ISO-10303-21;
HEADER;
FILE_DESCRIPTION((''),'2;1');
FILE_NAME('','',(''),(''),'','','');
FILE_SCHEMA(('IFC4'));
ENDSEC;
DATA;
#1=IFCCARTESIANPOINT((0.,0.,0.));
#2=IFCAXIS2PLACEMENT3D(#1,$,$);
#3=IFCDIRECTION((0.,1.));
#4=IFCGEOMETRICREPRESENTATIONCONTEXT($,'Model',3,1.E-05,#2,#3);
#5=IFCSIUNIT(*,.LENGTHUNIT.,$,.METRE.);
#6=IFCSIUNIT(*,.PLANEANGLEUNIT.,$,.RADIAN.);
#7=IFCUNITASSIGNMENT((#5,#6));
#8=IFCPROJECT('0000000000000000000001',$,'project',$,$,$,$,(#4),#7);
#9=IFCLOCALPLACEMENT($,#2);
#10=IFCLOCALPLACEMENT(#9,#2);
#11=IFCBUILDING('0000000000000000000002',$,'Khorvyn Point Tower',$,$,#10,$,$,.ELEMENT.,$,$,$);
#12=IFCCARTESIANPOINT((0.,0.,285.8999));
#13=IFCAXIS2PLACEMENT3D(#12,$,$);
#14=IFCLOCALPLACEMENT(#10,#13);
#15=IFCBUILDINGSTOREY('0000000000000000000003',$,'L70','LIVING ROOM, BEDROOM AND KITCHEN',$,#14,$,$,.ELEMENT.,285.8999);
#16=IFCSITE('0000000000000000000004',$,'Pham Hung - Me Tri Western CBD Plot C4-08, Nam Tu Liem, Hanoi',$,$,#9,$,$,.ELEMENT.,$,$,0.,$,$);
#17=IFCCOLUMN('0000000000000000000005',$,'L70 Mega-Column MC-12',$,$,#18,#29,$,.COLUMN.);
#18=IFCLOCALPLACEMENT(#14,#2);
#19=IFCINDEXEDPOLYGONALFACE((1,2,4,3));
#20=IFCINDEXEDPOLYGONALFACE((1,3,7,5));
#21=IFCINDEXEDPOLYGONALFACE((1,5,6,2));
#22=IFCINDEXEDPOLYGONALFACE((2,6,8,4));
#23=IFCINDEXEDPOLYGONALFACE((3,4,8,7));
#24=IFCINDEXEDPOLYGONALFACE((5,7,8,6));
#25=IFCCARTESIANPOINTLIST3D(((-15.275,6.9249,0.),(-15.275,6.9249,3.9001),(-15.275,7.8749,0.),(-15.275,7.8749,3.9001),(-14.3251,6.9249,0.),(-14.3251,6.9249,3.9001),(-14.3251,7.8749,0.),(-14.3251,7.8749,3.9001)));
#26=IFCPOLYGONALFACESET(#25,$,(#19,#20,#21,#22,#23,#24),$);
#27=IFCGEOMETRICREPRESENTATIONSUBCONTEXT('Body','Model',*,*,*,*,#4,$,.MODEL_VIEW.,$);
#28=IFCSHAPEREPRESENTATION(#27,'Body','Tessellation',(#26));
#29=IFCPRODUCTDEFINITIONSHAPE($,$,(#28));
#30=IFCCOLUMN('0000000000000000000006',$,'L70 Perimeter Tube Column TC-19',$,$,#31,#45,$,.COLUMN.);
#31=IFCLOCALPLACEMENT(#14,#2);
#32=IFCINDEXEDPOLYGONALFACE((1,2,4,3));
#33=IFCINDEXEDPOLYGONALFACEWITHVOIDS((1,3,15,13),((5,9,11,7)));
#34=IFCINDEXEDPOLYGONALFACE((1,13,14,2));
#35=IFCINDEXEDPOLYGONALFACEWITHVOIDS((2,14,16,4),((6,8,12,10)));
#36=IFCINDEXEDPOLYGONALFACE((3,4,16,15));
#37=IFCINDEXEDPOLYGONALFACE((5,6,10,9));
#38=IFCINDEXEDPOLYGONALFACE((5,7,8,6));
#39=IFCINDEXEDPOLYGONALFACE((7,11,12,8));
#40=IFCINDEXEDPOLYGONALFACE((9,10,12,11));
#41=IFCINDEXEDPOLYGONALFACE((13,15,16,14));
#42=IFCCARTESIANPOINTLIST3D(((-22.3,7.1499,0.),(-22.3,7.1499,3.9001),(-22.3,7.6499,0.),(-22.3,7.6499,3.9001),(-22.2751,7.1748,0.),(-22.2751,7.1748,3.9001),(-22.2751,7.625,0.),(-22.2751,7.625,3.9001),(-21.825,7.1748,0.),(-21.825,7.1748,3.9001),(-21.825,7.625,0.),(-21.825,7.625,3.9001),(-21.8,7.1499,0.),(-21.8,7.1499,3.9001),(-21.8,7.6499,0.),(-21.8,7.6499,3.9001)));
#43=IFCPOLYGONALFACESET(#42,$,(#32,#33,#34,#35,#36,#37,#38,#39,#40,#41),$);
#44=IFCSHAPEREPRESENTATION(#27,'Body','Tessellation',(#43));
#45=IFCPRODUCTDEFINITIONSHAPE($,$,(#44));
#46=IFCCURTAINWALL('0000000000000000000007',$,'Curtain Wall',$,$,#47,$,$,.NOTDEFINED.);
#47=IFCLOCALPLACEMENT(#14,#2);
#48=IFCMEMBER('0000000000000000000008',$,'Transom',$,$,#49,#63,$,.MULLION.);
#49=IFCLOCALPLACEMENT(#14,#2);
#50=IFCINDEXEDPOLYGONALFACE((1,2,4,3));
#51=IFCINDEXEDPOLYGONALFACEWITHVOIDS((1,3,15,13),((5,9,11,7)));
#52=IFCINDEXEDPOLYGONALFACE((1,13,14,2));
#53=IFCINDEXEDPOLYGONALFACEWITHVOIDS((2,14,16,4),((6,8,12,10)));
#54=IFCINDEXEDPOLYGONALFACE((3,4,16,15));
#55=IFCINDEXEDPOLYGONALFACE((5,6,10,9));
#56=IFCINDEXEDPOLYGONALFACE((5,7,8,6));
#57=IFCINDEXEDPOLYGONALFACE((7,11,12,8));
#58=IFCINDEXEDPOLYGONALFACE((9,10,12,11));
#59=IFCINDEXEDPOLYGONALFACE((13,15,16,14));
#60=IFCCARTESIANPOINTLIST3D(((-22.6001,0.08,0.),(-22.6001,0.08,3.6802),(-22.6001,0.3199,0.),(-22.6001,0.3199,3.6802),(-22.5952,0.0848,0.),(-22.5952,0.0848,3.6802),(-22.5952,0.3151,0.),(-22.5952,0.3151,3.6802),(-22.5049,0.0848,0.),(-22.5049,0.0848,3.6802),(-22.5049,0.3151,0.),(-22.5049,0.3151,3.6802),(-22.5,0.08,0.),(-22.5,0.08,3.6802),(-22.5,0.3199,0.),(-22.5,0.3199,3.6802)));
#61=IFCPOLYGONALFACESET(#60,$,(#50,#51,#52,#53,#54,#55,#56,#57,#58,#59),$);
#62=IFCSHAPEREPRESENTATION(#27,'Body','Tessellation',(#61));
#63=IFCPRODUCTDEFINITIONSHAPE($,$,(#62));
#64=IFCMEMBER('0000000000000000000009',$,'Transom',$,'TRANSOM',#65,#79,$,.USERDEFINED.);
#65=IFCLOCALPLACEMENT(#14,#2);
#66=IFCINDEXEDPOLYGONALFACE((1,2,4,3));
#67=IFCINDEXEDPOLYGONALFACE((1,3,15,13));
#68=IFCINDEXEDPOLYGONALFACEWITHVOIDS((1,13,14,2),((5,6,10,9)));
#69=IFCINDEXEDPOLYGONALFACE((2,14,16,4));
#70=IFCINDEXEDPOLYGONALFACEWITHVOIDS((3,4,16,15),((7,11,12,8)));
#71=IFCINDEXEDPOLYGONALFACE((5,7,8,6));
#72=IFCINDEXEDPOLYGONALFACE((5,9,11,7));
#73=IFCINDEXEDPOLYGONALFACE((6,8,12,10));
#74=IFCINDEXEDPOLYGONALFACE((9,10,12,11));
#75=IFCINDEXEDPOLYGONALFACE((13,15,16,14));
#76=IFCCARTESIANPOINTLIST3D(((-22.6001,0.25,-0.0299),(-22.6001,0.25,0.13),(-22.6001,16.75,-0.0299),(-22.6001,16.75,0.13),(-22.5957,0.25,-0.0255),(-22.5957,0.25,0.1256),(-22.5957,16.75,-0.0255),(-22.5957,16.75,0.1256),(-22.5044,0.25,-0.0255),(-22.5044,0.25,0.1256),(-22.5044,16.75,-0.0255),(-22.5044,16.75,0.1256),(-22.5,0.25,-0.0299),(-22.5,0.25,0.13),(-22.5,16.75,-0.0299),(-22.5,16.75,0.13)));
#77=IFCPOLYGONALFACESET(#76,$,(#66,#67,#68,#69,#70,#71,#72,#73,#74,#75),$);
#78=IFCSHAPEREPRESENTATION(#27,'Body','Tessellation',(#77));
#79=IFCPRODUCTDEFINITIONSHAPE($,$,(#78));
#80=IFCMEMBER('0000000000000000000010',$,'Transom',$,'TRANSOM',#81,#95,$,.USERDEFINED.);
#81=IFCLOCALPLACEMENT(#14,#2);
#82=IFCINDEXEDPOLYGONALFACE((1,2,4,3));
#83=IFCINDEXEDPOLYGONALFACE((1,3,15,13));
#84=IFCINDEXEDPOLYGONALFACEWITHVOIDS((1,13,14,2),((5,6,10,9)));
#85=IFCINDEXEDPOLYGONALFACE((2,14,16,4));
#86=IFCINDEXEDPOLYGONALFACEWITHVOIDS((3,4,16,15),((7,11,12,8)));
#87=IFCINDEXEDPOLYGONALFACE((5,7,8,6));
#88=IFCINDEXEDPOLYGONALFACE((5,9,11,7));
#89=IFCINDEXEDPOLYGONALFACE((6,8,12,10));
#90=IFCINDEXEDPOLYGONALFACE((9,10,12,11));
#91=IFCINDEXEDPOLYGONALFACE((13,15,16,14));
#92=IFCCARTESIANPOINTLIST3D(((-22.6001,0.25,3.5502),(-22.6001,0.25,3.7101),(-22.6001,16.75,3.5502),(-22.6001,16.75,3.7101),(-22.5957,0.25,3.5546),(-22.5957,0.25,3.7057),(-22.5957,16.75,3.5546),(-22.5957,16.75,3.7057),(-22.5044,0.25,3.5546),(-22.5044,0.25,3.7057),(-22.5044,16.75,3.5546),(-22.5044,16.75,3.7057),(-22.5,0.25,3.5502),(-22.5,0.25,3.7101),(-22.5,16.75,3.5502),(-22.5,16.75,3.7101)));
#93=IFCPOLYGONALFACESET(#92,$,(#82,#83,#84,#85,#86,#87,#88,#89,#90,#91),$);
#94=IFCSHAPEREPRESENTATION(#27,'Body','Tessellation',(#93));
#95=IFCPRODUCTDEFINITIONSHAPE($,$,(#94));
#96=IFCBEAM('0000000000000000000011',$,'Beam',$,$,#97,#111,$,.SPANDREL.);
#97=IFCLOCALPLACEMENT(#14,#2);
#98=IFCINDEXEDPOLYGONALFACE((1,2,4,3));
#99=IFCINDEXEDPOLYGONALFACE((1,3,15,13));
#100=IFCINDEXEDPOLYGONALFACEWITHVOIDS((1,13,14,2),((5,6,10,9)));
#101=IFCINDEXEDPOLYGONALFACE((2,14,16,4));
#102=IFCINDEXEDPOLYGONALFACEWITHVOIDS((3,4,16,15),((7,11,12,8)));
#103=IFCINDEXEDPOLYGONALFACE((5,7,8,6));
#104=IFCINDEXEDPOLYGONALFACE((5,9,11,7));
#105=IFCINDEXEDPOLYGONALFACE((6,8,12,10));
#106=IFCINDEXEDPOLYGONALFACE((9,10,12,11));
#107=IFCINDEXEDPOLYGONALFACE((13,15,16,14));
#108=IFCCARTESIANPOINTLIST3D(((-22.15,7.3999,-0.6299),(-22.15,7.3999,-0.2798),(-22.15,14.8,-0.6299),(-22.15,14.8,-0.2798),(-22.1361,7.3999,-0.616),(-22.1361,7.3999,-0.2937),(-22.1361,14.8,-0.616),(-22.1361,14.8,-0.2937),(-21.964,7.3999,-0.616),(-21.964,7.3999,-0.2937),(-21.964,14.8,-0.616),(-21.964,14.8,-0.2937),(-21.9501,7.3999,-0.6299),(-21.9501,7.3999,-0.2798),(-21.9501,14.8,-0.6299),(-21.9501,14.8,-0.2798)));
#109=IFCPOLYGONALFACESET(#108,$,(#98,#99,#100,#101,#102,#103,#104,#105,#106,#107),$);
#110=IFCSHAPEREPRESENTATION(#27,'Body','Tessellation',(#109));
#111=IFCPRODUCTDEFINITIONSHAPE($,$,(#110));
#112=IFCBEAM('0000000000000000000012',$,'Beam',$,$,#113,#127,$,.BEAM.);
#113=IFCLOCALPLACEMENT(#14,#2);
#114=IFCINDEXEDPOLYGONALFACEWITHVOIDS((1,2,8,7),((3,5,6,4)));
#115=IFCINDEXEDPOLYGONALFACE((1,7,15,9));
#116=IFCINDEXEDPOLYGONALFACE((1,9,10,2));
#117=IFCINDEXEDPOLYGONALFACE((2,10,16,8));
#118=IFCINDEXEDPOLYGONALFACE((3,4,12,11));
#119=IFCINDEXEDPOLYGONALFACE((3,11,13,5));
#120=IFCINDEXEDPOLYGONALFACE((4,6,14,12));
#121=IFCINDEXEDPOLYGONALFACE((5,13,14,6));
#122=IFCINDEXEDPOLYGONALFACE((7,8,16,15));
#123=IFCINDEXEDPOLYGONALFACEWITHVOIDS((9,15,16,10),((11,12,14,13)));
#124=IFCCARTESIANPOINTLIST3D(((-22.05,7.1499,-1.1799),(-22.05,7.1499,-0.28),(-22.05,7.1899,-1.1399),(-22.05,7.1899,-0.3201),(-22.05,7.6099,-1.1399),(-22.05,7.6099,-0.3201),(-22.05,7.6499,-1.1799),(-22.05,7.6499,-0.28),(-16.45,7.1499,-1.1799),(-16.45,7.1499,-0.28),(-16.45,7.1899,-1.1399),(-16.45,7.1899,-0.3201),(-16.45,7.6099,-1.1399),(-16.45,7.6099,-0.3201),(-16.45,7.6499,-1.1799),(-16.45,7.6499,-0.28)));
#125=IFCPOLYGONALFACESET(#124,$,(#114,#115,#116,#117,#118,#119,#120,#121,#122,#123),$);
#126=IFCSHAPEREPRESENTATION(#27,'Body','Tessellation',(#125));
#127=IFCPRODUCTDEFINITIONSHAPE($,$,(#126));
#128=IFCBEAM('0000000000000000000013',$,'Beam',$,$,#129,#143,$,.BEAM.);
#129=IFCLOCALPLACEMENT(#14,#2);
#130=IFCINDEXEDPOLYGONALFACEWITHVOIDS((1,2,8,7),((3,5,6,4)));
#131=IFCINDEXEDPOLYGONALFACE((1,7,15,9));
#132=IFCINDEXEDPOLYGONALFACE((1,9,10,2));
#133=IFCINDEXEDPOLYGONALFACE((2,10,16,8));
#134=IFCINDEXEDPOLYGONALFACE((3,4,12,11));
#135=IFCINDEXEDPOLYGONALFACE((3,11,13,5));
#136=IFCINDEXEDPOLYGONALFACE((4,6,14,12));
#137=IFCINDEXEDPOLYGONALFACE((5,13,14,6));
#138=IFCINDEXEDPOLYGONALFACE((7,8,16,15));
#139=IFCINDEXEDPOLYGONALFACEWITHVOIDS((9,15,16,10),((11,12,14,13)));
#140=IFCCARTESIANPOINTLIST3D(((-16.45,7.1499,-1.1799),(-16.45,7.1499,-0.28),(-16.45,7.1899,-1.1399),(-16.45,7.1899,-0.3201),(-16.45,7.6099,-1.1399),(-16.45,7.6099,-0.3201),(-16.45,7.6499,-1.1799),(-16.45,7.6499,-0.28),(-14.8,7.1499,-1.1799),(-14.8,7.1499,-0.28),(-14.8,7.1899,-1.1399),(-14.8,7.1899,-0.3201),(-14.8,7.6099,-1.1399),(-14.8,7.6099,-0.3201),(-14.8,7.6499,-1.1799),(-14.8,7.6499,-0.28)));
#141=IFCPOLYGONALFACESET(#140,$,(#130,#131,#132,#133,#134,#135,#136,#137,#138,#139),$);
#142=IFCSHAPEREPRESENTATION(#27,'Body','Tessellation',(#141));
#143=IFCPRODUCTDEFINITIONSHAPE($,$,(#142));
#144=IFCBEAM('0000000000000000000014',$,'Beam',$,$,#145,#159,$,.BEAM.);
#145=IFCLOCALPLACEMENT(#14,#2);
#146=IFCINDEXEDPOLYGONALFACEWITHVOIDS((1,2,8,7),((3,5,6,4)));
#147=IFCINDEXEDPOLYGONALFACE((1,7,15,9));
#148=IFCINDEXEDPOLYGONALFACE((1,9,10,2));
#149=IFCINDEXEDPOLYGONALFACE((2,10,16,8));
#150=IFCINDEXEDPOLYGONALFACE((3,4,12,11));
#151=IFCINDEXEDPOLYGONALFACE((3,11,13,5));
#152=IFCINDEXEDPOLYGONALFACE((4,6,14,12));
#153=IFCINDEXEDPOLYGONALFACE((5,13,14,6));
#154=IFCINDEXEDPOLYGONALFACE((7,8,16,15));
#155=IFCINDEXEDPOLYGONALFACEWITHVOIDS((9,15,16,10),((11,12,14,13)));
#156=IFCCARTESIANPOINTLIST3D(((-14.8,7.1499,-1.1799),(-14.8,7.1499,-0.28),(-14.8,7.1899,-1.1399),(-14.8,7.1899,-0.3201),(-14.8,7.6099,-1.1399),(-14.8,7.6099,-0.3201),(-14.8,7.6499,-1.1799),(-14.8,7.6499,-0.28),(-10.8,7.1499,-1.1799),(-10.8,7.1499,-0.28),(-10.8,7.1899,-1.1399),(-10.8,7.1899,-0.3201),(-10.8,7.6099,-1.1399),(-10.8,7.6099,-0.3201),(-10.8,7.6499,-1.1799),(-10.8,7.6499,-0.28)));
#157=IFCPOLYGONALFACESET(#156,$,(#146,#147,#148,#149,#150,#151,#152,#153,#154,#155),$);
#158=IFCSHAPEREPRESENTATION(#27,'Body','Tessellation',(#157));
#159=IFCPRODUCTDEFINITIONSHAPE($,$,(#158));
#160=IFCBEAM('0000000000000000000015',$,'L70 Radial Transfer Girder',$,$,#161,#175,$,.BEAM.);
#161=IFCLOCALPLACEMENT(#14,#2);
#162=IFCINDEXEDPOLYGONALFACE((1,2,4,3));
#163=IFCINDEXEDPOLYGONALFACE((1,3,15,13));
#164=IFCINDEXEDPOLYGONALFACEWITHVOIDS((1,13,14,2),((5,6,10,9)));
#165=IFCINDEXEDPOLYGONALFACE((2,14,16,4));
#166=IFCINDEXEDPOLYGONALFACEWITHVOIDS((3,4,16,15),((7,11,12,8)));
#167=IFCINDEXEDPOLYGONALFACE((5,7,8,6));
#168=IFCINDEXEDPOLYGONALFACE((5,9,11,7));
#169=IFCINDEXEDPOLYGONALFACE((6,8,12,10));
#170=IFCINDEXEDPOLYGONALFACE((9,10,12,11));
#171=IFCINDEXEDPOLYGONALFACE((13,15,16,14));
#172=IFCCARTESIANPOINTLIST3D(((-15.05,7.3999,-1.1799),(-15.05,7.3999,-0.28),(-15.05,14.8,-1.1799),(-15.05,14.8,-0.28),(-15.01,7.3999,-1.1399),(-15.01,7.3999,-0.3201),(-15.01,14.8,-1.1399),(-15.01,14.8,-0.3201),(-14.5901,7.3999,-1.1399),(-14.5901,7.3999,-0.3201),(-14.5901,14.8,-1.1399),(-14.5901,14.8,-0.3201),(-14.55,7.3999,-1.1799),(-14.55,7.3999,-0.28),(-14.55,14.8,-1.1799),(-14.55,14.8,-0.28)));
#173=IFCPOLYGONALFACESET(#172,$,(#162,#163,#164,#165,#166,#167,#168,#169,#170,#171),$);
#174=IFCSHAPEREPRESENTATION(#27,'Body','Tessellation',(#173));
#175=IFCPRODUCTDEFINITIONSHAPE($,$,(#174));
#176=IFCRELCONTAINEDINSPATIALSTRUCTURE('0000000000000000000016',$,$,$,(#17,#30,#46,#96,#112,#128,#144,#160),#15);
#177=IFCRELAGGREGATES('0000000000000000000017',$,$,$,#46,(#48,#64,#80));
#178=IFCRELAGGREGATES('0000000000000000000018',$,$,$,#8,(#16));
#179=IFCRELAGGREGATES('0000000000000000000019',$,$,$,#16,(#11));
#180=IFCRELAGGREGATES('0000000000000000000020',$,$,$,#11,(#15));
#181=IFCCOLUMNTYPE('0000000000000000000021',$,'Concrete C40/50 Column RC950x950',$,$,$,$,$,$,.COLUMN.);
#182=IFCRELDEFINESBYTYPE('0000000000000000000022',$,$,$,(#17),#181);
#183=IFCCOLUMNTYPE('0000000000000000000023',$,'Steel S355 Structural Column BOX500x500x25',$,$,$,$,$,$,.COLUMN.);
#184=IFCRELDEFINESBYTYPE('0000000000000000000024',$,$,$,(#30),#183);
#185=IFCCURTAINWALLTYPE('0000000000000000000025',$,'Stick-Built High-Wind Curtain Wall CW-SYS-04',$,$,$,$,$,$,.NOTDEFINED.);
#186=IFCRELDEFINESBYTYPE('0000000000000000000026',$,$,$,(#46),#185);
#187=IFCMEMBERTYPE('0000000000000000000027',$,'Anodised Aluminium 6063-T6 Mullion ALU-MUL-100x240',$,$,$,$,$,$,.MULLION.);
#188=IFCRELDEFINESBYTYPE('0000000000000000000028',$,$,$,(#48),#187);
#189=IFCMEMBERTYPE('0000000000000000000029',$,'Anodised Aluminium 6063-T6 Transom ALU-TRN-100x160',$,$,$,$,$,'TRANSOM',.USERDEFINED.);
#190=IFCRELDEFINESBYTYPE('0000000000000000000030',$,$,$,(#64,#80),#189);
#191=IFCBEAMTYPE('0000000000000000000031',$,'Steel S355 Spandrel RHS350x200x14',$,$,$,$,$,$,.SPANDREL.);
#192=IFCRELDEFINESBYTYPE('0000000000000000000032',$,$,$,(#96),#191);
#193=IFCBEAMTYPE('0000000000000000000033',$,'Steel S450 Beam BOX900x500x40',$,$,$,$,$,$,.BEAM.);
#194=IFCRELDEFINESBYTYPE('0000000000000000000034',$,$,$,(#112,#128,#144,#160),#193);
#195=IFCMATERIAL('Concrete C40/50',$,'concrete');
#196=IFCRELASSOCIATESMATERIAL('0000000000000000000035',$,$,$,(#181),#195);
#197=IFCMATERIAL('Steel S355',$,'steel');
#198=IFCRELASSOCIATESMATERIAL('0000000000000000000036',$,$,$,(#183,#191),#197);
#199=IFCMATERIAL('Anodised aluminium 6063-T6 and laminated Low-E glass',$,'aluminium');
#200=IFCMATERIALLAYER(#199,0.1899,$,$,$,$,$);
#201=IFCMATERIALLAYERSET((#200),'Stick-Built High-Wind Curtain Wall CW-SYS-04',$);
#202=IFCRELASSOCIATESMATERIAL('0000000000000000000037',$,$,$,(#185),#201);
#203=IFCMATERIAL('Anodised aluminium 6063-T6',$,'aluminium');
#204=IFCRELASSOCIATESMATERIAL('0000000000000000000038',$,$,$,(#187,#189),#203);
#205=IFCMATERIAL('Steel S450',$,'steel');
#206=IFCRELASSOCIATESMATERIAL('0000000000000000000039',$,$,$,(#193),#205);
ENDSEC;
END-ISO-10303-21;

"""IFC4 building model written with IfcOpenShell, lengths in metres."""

from ifc_helpers import new_model, si_unit, direction, frame, origin, origin_2d, place, context, subcontext, project, spatial, rectangle, hollow_rectangle, extrude, material, layer, layer_set, material_profile, profile_set, type_object, element, aggregate, save


model = new_model("IFC4")

# Units and contexts
model_context = context("Model", 3, precision=1e-05, world=origin(), true_north=direction((0.0, 1.0)))
body_context = subcontext(model_context, "Body", "Model", "MODEL_VIEW")
ifc_project = project(units=[si_unit("LENGTHUNIT", "METRE"), si_unit("PLANEANGLEUNIT", "RADIAN")], contexts=[model_context])

# Site, building, storey
site_placement = place(None, origin())
site = spatial("IfcSite", under=ifc_project, at=site_placement, Name="Pham Hung - Me Tri Western CBD Plot C4-08, Nam Tu Liem, Hanoi", CompositionType="ELEMENT", RefElevation=0.0)
building_placement = place(site_placement, origin())
building = spatial("IfcBuilding", under=site, at=building_placement, Name="Khorvyn Point Tower", CompositionType="ELEMENT")
storey_placement = place(building_placement, frame((0.0, 0.0, 285.8999)))
storey = spatial("IfcBuildingStorey", under=building, at=storey_placement, Name="L70", Description="LIVING ROOM, BEDROOM AND KITCHEN", CompositionType="ELEMENT", Elevation=285.8999)

# Columns
ifc_material_1 = material(Name="Concrete C40/50", Category="concrete")
ifc_material_profile_1 = material_profile(ifc_material_1, rectangle(XDim=0.95, YDim=0.95, at=origin_2d()))
ifc_profile_set_1 = profile_set([ifc_material_profile_1], Name="Concrete C40/50 RC950x950")
column_type_1 = type_object("IfcColumnType", Name="Concrete C40/50 Column RC950x950", PredefinedType="COLUMN", material=ifc_profile_set_1)
column_1_placement = place(storey_placement, frame((-14.8, 7.3999, 0.0), z_axis=(0.0, 0.0, 1.0), x_axis=(1.0, 0.0, 0.0)))
element("IfcColumn", 1, at=column_1_placement, inside=storey, type_object=column_type_1, Name="L70 Mega-Column MC-12", PredefinedType="COLUMN", context=body_context, shape_type="SweptSolid", body=[
    extrude(rectangle(XDim=0.95, YDim=0.95, at=origin_2d()), origin(), (0.0, 0.0, 1.0), 3.9001),
])
ifc_material_2 = material(Name="Steel S355", Category="steel")
ifc_material_profile_2 = material_profile(ifc_material_2, hollow_rectangle(XDim=0.5, YDim=0.5, WallThickness=0.0249, at=origin_2d()))
ifc_profile_set_2 = profile_set([ifc_material_profile_2], Name="Steel S355 BOX500x500x25")
column_type_2 = type_object("IfcColumnType", Name="Steel S355 Structural Column BOX500x500x25", PredefinedType="COLUMN", material=ifc_profile_set_2)
column_2_placement = place(storey_placement, frame((-22.05, 7.3999, 0.0), z_axis=(0.0, 0.0, 1.0), x_axis=(1.0, 0.0, 0.0)))
element("IfcColumn", 2, at=column_2_placement, inside=storey, type_object=column_type_2, Name="L70 Perimeter Tube Column TC-19", PredefinedType="COLUMN", context=body_context, shape_type="SweptSolid", body=[
    extrude(hollow_rectangle(XDim=0.5, YDim=0.5, WallThickness=0.0249, at=origin_2d()), origin(), (0.0, 0.0, 1.0), 3.9001),
])

# Curtain wall, members
ifc_material_3 = material(Name="Anodised aluminium 6063-T6 and laminated Low-E glass", Category="aluminium")
ifc_layer_1 = layer(ifc_material_3, 0.1899)
ifc_layer_set_1 = layer_set([ifc_layer_1], Name="Stick-Built High-Wind Curtain Wall CW-SYS-04")
curtain_wall_type = type_object("IfcCurtainWallType", Name="Stick-Built High-Wind Curtain Wall CW-SYS-04", PredefinedType="NOTDEFINED", material=ifc_layer_set_1)
curtain_wall_placement = place(storey_placement, origin())
curtain_wall = element("IfcCurtainWall", 3, at=curtain_wall_placement, inside=storey, type_object=curtain_wall_type, Name="Curtain Wall", PredefinedType="NOTDEFINED")
ifc_material_4 = material(Name="Anodised aluminium 6063-T6", Category="aluminium")
ifc_material_profile_3 = material_profile(ifc_material_4, hollow_rectangle(XDim=0.1001, YDim=0.24, WallThickness=0.0049, at=origin_2d()))
ifc_profile_set_3 = profile_set([ifc_material_profile_3], Name="Anodised aluminium 6063-T6 ALU-MUL-100x240")
member_type_1 = type_object("IfcMemberType", Name="Anodised Aluminium 6063-T6 Mullion ALU-MUL-100x240", PredefinedType="MULLION", material=ifc_profile_set_3)
member_1_placement = place(storey_placement, frame((-22.55, 0.2, 0.0), z_axis=(0.0, 0.0, 1.0), x_axis=(-1.0, 0.0, 0.0)))
member_1 = element("IfcMember", 4, at=member_1_placement, type_object=member_type_1, Name="Transom", PredefinedType="MULLION", context=body_context, shape_type="SweptSolid", body=[
    extrude(hollow_rectangle(XDim=0.1001, YDim=0.24, WallThickness=0.0049, at=origin_2d()), origin(), (0.0, 0.0, 1.0), 3.6802),
])
ifc_material_profile_4 = material_profile(ifc_material_4, hollow_rectangle(XDim=0.1001, YDim=0.1599, WallThickness=0.0044, at=origin_2d()))
ifc_profile_set_4 = profile_set([ifc_material_profile_4], Name="Anodised aluminium 6063-T6 ALU-TRN-100x160")
member_type_2 = type_object("IfcMemberType", Name="Anodised Aluminium 6063-T6 Transom ALU-TRN-100x160", ElementType="TRANSOM", PredefinedType="USERDEFINED", material=ifc_profile_set_4)
member_2_placement = place(storey_placement, frame((-22.55, 0.25, 0.05), z_axis=(0.0, 1.0, 0.0), x_axis=(-1.0, 0.0, 0.0)))
member_2 = element("IfcMember", 5, at=member_2_placement, type_object=member_type_2, Name="Transom", ObjectType="TRANSOM", PredefinedType="USERDEFINED", context=body_context, shape_type="SweptSolid", body=[
    extrude(hollow_rectangle(XDim=0.1001, YDim=0.1599, WallThickness=0.0044, at=origin_2d()), origin(), (0.0, 0.0, 1.0), 16.5),
])
member_3_placement = place(storey_placement, frame((-22.55, 0.25, 3.6301), z_axis=(0.0, 1.0, 0.0), x_axis=(-1.0, 0.0, 0.0)))
member_3 = element("IfcMember", 6, at=member_3_placement, type_object=member_type_2, Name="Transom", ObjectType="TRANSOM", PredefinedType="USERDEFINED", context=body_context, shape_type="SweptSolid", body=[
    extrude(hollow_rectangle(XDim=0.1001, YDim=0.1599, WallThickness=0.0044, at=origin_2d()), origin(), (0.0, 0.0, 1.0), 16.5),
])

# Beams
ifc_material_profile_5 = material_profile(ifc_material_2, hollow_rectangle(XDim=0.2, YDim=0.3501, WallThickness=0.0139, at=origin_2d()))
ifc_profile_set_5 = profile_set([ifc_material_profile_5], Name="Steel S355 RHS350x200x14")
beam_type_1 = type_object("IfcBeamType", Name="Steel S355 Spandrel RHS350x200x14", PredefinedType="SPANDREL", material=ifc_profile_set_5)
beam_1_placement = place(storey_placement, frame((-22.05, 7.3999, -0.4548), z_axis=(0.0, 1.0, 0.0), x_axis=(-1.0, 0.0, 0.0)))
element("IfcBeam", 7, at=beam_1_placement, inside=storey, type_object=beam_type_1, Name="Beam", PredefinedType="SPANDREL", context=body_context, shape_type="SweptSolid", body=[
    extrude(hollow_rectangle(XDim=0.2, YDim=0.3501, WallThickness=0.0139, at=origin_2d()), origin(), (0.0, 0.0, 1.0), 7.4001),
])
ifc_material_5 = material(Name="Steel S450", Category="steel")
ifc_material_profile_6 = material_profile(ifc_material_5, hollow_rectangle(XDim=0.5, YDim=0.8999, WallThickness=0.04, at=origin_2d()))
ifc_profile_set_6 = profile_set([ifc_material_profile_6], Name="Steel S450 BOX900x500x40")
beam_type_2 = type_object("IfcBeamType", Name="Steel S450 Beam BOX900x500x40", PredefinedType="BEAM", material=ifc_profile_set_6)
beam_2_placement = place(storey_placement, frame((-22.05, 7.3999, -0.73), z_axis=(1.0, 0.0, 0.0), x_axis=(0.0, 1.0, 0.0)))
element("IfcBeam", 8, at=beam_2_placement, inside=storey, type_object=beam_type_2, Name="Beam", PredefinedType="BEAM", context=body_context, shape_type="SweptSolid", body=[
    extrude(hollow_rectangle(XDim=0.5, YDim=0.8999, WallThickness=0.04, at=origin_2d()), origin(), (0.0, 0.0, 1.0), 5.6001),
])
beam_3_placement = place(storey_placement, frame((-16.45, 7.3999, -0.73), z_axis=(1.0, 0.0, 0.0), x_axis=(0.0, 1.0, 0.0)))
element("IfcBeam", 9, at=beam_3_placement, inside=storey, type_object=beam_type_2, Name="Beam", PredefinedType="BEAM", context=body_context, shape_type="SweptSolid", body=[
    extrude(hollow_rectangle(XDim=0.5, YDim=0.8999, WallThickness=0.04, at=origin_2d()), origin(), (0.0, 0.0, 1.0), 1.6499),
])
beam_4_placement = place(storey_placement, frame((-14.8, 7.3999, -0.73), z_axis=(1.0, 0.0, 0.0), x_axis=(0.0, 1.0, 0.0)))
element("IfcBeam", 10, at=beam_4_placement, inside=storey, type_object=beam_type_2, Name="Beam", PredefinedType="BEAM", context=body_context, shape_type="SweptSolid", body=[
    extrude(hollow_rectangle(XDim=0.5, YDim=0.8999, WallThickness=0.04, at=origin_2d()), origin(), (0.0, 0.0, 1.0), 4.0),
])
beam_5_placement = place(storey_placement, frame((-14.8, 7.3999, -0.73), z_axis=(0.0, 1.0, 0.0), x_axis=(-1.0, 0.0, 0.0)))
element("IfcBeam", 11, at=beam_5_placement, inside=storey, type_object=beam_type_2, Name="L70 Radial Transfer Girder", PredefinedType="BEAM", context=body_context, shape_type="SweptSolid", body=[
    extrude(hollow_rectangle(XDim=0.5, YDim=0.8999, WallThickness=0.04, at=origin_2d()), origin(), (0.0, 0.0, 1.0), 7.4001),
])

aggregate(curtain_wall, [member_1, member_2, member_3])

save(model, "model.ifc")
